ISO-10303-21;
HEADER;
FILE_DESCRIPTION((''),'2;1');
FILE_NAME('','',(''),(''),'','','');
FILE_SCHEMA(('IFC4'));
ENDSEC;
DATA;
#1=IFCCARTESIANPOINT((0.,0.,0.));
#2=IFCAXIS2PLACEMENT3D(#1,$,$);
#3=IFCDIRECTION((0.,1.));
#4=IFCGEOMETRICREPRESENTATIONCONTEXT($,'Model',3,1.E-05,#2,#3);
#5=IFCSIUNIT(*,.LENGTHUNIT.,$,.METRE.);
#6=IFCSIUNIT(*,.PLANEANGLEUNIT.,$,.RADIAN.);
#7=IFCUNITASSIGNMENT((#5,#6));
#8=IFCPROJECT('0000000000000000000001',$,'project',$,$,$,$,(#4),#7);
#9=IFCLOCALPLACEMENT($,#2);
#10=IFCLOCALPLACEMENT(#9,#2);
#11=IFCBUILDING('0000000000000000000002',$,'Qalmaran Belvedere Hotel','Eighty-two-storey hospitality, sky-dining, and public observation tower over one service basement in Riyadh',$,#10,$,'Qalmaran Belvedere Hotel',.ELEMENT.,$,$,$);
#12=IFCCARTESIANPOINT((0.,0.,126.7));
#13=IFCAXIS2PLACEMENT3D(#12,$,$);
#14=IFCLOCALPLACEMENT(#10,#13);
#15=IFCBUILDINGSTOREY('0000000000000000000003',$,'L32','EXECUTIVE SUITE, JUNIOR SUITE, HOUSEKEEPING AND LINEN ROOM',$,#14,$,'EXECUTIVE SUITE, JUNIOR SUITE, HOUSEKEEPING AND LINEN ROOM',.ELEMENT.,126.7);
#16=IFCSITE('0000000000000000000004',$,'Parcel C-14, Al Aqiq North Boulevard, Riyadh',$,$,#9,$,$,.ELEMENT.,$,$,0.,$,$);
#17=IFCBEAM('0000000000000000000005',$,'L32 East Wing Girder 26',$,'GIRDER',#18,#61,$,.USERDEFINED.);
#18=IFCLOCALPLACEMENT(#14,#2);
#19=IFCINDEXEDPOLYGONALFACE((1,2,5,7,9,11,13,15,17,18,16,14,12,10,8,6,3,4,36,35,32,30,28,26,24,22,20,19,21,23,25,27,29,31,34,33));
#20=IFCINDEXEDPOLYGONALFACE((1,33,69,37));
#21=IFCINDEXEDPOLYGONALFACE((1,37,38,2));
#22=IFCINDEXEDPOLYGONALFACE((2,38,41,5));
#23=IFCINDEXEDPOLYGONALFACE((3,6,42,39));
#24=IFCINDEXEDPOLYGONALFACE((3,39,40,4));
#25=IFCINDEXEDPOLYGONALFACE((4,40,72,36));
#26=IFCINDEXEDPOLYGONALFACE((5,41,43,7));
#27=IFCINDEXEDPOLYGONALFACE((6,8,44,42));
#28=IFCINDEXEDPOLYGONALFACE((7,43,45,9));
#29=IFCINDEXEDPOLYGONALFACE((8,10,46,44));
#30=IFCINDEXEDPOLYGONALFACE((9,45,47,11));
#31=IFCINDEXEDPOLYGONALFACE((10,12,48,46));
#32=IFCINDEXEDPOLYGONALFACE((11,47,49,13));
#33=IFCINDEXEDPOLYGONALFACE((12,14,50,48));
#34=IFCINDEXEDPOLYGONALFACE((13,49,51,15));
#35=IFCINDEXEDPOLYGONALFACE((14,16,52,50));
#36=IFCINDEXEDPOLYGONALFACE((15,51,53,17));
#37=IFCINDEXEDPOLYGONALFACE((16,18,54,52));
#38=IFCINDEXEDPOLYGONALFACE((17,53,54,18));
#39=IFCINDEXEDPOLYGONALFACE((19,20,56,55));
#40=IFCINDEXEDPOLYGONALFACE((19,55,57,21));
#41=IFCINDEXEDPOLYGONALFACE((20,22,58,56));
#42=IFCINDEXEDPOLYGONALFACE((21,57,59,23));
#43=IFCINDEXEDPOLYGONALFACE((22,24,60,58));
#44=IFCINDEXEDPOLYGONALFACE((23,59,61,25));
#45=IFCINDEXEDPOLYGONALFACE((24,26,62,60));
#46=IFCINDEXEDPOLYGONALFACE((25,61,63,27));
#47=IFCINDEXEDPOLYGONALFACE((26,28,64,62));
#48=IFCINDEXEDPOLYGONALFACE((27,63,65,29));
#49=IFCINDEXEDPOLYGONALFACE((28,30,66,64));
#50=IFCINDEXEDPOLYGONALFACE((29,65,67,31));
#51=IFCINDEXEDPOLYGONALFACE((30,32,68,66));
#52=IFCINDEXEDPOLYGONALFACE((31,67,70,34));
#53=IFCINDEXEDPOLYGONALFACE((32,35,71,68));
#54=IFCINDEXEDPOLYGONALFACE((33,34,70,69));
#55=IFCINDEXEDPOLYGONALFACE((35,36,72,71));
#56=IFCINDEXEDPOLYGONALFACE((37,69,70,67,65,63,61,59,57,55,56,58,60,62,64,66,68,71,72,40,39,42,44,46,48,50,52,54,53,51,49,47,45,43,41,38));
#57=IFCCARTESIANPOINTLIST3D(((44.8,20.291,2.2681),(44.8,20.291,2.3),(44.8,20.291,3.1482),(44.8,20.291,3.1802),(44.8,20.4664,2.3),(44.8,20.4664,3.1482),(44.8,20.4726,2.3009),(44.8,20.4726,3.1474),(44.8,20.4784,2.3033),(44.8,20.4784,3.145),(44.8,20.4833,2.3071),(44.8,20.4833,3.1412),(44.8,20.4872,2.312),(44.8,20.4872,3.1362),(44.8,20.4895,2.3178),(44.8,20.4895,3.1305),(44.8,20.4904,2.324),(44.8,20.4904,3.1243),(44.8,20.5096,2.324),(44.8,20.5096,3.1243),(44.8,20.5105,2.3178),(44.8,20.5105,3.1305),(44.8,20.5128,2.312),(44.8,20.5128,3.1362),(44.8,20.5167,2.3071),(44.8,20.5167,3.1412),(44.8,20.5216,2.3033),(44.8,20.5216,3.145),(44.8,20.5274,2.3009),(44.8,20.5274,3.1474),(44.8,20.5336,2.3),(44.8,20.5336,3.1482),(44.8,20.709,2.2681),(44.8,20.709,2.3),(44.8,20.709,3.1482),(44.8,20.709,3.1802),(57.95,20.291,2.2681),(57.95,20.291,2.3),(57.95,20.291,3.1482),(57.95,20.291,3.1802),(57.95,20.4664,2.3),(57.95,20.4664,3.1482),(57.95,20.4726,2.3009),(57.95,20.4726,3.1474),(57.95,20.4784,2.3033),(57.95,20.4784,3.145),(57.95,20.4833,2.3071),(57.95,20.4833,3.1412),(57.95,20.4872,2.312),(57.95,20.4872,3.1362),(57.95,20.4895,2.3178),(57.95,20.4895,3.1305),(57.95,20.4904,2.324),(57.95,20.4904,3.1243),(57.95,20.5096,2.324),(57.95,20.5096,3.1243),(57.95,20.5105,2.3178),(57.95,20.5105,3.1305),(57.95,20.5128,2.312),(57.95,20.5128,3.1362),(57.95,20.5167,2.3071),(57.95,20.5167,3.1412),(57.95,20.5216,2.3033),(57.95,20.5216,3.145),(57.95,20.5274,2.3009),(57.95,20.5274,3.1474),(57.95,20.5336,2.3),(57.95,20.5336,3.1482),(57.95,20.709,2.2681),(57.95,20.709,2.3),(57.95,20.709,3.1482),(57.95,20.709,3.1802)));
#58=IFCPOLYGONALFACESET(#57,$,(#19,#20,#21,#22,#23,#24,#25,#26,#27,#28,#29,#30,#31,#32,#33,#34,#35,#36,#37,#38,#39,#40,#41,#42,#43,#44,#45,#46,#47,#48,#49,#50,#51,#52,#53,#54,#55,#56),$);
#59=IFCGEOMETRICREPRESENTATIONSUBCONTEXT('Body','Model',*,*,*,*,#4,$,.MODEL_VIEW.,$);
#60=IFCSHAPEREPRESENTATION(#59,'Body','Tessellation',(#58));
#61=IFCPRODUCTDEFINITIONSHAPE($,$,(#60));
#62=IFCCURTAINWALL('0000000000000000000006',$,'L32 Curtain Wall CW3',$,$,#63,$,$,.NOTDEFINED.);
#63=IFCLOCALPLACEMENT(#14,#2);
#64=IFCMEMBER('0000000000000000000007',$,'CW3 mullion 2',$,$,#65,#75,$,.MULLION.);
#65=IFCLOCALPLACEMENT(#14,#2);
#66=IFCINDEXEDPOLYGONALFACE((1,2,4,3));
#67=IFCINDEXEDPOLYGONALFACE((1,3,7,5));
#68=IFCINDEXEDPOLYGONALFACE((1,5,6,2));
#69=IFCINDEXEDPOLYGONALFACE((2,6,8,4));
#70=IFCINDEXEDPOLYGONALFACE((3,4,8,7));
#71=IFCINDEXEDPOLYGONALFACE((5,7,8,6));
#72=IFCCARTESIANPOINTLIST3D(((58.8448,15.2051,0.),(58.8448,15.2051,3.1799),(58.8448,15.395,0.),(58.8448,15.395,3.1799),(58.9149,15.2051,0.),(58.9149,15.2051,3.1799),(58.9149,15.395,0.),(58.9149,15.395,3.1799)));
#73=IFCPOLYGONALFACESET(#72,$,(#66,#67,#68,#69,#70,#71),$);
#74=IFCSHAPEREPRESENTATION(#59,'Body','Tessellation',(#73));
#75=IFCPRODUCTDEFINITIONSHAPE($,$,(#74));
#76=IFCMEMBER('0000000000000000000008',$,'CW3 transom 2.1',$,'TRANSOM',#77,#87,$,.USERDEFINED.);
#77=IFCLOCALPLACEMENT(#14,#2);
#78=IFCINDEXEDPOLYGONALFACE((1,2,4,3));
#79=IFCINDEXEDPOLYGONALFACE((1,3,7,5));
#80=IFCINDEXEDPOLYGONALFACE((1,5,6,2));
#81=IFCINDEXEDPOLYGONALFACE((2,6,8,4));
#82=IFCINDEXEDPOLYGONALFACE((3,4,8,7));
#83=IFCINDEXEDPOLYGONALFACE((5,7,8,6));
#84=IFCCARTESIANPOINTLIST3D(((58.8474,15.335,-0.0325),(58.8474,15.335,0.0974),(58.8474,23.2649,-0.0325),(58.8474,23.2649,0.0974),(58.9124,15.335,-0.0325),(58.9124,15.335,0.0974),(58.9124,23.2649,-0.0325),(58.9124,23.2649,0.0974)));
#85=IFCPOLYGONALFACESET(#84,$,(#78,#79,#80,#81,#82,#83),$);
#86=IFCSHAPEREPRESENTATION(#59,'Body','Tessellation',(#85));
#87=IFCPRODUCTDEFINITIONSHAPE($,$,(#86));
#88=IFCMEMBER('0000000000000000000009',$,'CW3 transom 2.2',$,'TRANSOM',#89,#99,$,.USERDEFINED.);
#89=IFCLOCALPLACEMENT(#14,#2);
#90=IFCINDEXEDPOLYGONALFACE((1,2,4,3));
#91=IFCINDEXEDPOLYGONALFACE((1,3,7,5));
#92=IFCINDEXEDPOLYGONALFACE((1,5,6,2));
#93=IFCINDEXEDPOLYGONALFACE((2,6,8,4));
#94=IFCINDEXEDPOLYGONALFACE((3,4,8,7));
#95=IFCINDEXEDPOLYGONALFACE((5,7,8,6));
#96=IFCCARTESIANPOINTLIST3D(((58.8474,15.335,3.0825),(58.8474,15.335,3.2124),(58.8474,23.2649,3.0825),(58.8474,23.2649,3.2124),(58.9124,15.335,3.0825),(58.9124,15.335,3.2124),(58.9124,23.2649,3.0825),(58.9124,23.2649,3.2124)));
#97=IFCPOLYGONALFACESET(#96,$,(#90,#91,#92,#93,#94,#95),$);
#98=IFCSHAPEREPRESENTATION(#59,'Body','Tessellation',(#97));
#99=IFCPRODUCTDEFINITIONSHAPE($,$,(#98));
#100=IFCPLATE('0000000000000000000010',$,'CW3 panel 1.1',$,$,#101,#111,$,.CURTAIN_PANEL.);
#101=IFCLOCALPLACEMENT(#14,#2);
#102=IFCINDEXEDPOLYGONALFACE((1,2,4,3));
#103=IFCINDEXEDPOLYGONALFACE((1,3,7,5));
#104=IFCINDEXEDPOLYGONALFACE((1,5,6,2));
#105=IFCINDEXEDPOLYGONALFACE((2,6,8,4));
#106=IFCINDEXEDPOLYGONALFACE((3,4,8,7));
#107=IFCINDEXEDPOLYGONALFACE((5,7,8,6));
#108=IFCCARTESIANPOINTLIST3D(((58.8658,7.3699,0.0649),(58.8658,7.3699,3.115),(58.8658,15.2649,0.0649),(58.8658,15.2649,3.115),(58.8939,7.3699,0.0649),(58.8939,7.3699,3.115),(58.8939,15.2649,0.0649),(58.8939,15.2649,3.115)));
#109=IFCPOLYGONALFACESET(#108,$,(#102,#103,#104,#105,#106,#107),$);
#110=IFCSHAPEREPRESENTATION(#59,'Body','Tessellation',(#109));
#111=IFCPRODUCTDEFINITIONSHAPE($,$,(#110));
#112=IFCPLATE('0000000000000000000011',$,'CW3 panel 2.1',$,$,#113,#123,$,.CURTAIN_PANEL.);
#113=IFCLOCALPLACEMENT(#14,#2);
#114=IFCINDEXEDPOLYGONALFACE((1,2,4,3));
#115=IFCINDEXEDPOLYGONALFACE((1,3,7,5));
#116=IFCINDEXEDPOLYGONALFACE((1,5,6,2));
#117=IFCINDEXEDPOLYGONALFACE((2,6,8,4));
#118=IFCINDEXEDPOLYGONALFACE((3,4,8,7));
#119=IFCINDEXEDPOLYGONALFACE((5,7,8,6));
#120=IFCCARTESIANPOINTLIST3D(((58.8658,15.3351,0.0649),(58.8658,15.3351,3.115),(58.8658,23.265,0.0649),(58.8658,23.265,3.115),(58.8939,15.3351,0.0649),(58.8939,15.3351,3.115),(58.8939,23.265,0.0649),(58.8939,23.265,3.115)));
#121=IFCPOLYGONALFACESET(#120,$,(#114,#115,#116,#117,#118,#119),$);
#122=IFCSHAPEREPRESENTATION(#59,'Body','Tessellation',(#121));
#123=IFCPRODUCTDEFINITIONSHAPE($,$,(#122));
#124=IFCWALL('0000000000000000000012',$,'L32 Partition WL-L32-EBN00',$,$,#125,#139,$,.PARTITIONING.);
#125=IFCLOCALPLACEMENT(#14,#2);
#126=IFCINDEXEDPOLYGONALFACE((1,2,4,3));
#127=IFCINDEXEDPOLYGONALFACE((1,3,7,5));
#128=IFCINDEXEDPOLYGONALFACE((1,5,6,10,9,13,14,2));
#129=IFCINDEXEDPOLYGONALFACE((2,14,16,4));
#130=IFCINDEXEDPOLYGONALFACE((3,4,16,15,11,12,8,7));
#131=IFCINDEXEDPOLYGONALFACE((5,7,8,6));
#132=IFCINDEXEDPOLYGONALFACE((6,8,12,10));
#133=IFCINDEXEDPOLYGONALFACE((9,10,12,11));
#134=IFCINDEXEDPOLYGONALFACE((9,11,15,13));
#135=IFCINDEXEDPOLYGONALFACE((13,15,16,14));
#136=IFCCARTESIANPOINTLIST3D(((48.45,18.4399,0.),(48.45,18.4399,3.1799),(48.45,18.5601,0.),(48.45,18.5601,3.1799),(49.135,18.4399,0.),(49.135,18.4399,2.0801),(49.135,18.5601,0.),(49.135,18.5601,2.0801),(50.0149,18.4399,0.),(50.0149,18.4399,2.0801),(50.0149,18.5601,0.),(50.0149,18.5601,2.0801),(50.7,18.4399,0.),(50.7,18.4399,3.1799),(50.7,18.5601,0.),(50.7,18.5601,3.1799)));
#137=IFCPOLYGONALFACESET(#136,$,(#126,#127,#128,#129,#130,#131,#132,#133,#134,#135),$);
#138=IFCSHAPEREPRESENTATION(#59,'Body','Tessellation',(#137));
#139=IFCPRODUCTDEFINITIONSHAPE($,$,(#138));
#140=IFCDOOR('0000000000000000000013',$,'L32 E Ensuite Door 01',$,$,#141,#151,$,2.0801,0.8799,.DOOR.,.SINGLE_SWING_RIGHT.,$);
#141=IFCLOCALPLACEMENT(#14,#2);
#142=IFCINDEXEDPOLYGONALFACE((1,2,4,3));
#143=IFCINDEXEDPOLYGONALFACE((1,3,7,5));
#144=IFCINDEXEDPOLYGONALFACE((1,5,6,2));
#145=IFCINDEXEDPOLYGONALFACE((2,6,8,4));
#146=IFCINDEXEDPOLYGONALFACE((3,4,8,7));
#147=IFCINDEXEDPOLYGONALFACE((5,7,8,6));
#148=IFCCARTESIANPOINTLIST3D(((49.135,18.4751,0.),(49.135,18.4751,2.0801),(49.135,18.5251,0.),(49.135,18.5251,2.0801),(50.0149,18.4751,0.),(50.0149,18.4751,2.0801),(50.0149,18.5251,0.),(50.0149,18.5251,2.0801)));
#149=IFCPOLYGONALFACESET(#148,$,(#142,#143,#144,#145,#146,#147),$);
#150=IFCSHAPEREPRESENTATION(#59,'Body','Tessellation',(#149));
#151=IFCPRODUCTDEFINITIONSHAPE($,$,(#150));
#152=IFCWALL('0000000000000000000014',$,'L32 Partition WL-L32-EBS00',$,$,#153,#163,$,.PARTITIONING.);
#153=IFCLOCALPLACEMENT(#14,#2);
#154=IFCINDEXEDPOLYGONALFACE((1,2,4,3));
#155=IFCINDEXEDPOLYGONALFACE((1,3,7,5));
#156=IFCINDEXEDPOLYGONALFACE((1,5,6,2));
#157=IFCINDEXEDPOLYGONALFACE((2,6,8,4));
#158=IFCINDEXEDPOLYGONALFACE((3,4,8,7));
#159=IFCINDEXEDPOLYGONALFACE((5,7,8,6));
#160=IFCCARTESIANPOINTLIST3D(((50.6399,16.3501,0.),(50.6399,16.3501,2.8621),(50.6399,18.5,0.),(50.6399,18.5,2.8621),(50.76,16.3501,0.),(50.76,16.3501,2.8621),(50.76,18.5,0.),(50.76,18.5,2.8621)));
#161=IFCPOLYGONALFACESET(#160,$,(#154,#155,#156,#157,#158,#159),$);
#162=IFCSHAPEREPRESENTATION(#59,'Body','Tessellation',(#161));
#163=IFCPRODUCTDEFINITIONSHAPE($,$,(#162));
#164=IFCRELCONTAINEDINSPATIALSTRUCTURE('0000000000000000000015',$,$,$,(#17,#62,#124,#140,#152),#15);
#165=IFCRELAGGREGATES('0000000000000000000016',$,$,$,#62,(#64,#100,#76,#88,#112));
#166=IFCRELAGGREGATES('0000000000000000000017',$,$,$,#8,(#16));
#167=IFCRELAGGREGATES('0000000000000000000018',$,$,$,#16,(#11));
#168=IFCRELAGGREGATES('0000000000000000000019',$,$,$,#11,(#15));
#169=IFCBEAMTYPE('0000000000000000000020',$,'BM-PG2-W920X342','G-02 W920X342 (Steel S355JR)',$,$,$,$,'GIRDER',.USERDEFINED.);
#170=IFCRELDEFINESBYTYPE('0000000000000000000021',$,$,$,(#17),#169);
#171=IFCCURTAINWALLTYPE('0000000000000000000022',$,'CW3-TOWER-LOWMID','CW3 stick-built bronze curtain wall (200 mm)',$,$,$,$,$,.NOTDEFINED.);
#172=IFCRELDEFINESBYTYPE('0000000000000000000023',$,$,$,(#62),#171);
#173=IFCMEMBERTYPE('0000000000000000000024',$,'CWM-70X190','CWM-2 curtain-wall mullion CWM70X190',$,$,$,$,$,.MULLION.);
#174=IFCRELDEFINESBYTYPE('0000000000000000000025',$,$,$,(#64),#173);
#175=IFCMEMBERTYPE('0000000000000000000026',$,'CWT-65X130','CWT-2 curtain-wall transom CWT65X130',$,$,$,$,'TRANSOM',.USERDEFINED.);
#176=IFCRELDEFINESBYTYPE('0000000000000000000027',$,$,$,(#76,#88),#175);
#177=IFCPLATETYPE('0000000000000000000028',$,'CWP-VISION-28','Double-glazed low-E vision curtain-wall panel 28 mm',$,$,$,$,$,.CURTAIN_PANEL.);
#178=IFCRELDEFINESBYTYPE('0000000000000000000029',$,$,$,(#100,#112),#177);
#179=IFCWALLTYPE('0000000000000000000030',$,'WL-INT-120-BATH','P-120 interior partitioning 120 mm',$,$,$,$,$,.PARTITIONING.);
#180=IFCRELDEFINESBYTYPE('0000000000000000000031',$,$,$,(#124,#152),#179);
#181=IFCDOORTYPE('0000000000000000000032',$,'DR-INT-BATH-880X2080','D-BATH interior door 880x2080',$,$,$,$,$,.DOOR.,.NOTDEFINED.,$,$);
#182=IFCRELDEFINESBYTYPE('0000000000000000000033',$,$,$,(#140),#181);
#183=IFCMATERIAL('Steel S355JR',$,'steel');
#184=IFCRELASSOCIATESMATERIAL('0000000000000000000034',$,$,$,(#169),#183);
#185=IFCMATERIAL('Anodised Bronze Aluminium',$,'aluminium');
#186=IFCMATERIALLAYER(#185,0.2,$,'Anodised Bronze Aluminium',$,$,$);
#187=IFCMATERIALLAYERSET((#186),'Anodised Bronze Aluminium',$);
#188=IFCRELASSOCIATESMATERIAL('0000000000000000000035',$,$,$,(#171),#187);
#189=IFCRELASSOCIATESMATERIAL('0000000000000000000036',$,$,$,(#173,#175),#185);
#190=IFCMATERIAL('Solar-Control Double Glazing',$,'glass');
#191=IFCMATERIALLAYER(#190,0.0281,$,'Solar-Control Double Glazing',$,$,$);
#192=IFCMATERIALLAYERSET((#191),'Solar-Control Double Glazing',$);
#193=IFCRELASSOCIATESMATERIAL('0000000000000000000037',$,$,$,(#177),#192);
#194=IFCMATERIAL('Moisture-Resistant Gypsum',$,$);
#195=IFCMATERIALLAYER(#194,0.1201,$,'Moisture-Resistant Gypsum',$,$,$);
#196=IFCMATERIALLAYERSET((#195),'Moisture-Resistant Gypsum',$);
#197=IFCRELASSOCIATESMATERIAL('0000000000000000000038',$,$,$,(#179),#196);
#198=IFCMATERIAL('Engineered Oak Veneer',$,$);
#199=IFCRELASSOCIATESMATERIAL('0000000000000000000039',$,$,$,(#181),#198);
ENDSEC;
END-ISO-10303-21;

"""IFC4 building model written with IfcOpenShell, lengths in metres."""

from ifc_helpers import new_model, si_unit, direction, frame, frame_2d, origin, origin_2d, place, context, subcontext, project, spatial, rectangle, i_section, extrude, material, layer, layer_set, material_profile, profile_set, type_object, element, fill, aggregate, save


model = new_model("IFC4")

# Units and contexts
model_context = context("Model", 3, precision=1e-05, world=origin(), true_north=direction((0.0, 1.0)))
body_context = subcontext(model_context, "Body", "Model", "MODEL_VIEW")
ifc_project = project(units=[si_unit("LENGTHUNIT", "METRE"), si_unit("PLANEANGLEUNIT", "RADIAN")], contexts=[model_context])

# Site, building, storey
site_placement = place(None, origin())
site = spatial("IfcSite", under=ifc_project, at=site_placement, Name="Parcel C-14, Al Aqiq North Boulevard, Riyadh", CompositionType="ELEMENT", RefElevation=0.0)
building_placement = place(site_placement, origin())
building = spatial("IfcBuilding", under=site, at=building_placement, Name="Qalmaran Belvedere Hotel", Description="Eighty-two-storey hospitality, sky-dining, and public observation tower over one service basement in Riyadh", LongName="Qalmaran Belvedere Hotel", CompositionType="ELEMENT")
storey_placement = place(building_placement, frame((0.0, 0.0, 126.7)))
storey = spatial("IfcBuildingStorey", under=building, at=storey_placement, Name="L32", Description="EXECUTIVE SUITE, JUNIOR SUITE, HOUSEKEEPING AND LINEN ROOM", LongName="EXECUTIVE SUITE, JUNIOR SUITE, HOUSEKEEPING AND LINEN ROOM", CompositionType="ELEMENT", Elevation=126.7)

# Beam
ifc_material_1 = material(Name="Steel S355JR", Category="steel")
ifc_material_profile_1 = material_profile(ifc_material_1, i_section(OverallWidth=0.418, OverallDepth=0.9121, WebThickness=0.0193, FlangeThickness=0.032, FilletRadius=0.0239, at=origin_2d()), Name="W920X342")
ifc_profile_set_1 = profile_set([ifc_material_profile_1], Name="Steel S355JR")
beam_type_1 = type_object("IfcBeamType", Name="BM-PG2-W920X342", Description="G-02 W920X342 (Steel S355JR)", ElementType="GIRDER", PredefinedType="USERDEFINED", material=ifc_profile_set_1)
beam_1_placement = place(storey_placement, frame((44.8, 20.5, 2.7241), z_axis=(1.0, 0.0, 0.0), x_axis=(0.0, 1.0, 0.0)))
element("IfcBeam", 1, at=beam_1_placement, inside=storey, type_object=beam_type_1, Name="L32 East Wing Girder 26", ObjectType="GIRDER", PredefinedType="USERDEFINED", context=body_context, shape_type="SweptSolid", body=[
    extrude(i_section(OverallWidth=0.418, OverallDepth=0.9121, WebThickness=0.0193, FlangeThickness=0.032, FilletRadius=0.0239, at=origin_2d()), origin(), (0.0, 0.0, 1.0), 13.1499),
])

# Curtain wall, members, plates
ifc_material_2 = material(Name="Anodised Bronze Aluminium", Category="aluminium")
ifc_layer_1 = layer(ifc_material_2, 0.2, Name="Anodised Bronze Aluminium")
ifc_layer_set_1 = layer_set([ifc_layer_1], Name="Anodised Bronze Aluminium")
curtain_wall_type = type_object("IfcCurtainWallType", Name="CW3-TOWER-LOWMID", Description="CW3 stick-built bronze curtain wall (200 mm)", PredefinedType="NOTDEFINED", material=ifc_layer_set_1)
curtain_wall_placement = place(storey_placement, origin())
curtain_wall = element("IfcCurtainWall", 2, at=curtain_wall_placement, inside=storey, type_object=curtain_wall_type, Name="L32 Curtain Wall CW3", PredefinedType="NOTDEFINED")
ifc_material_profile_2 = material_profile(ifc_material_2, rectangle(XDim=0.0701, YDim=0.1899, at=origin_2d()), Name="CWM70X190")
ifc_profile_set_2 = profile_set([ifc_material_profile_2], Name="Anodised Bronze Aluminium")
member_type_1 = type_object("IfcMemberType", Name="CWM-70X190", Description="CWM-2 curtain-wall mullion CWM70X190", PredefinedType="MULLION", material=ifc_profile_set_2)
member_1_placement = place(storey_placement, frame((58.8799, 15.3, 0.0), z_axis=(0.0, 0.0, 1.0), x_axis=(-1.0, 0.0, 0.0)))
member_1 = element("IfcMember", 3, at=member_1_placement, type_object=member_type_1, Name="CW3 mullion 2", PredefinedType="MULLION", context=body_context, shape_type="SweptSolid", body=[
    extrude(rectangle(XDim=0.0701, YDim=0.1899, at=origin_2d()), origin(), (0.0, 0.0, 1.0), 3.1799),
])
ifc_material_profile_3 = material_profile(ifc_material_2, rectangle(XDim=0.0649, YDim=0.1299, at=origin_2d()), Name="CWT65X130")
ifc_profile_set_3 = profile_set([ifc_material_profile_3], Name="Anodised Bronze Aluminium")
member_type_2 = type_object("IfcMemberType", Name="CWT-65X130", Description="CWT-2 curtain-wall transom CWT65X130", ElementType="TRANSOM", PredefinedType="USERDEFINED", material=ifc_profile_set_3)
member_2_placement = place(storey_placement, frame((58.8799, 15.335, 0.0325), z_axis=(0.0, 1.0, 0.0), x_axis=(-1.0, 0.0, 0.0)))
member_2 = element("IfcMember", 4, at=member_2_placement, type_object=member_type_2, Name="CW3 transom 2.1", ObjectType="TRANSOM", PredefinedType="USERDEFINED", context=body_context, shape_type="SweptSolid", body=[
    extrude(rectangle(XDim=0.0649, YDim=0.1299, at=origin_2d()), origin(), (0.0, 0.0, 1.0), 7.9299),
])
member_3_placement = place(storey_placement, frame((58.8799, 15.335, 3.1475), z_axis=(0.0, 1.0, 0.0), x_axis=(-1.0, 0.0, 0.0)))
member_3 = element("IfcMember", 5, at=member_3_placement, type_object=member_type_2, Name="CW3 transom 2.2", ObjectType="TRANSOM", PredefinedType="USERDEFINED", context=body_context, shape_type="SweptSolid", body=[
    extrude(rectangle(XDim=0.0649, YDim=0.1299, at=origin_2d()), origin(), (0.0, 0.0, 1.0), 7.9299),
])
ifc_material_3 = material(Name="Solar-Control Double Glazing", Category="glass")
ifc_layer_2 = layer(ifc_material_3, 0.0281, Name="Solar-Control Double Glazing")
ifc_layer_set_2 = layer_set([ifc_layer_2], Name="Solar-Control Double Glazing")
plate_type = type_object("IfcPlateType", Name="CWP-VISION-28", Description="Double-glazed low-E vision curtain-wall panel 28 mm", PredefinedType="CURTAIN_PANEL", material=ifc_layer_set_2)
plate_1_placement = place(storey_placement, frame((58.8799, 11.3174, 0.0649), z_axis=(0.0, 0.0, 1.0), x_axis=(0.0, 1.0, 0.0)))
plate_1 = element("IfcPlate", 6, at=plate_1_placement, type_object=plate_type, Name="CW3 panel 1.1", PredefinedType="CURTAIN_PANEL", context=body_context, shape_type="SweptSolid", body=[
    extrude(rectangle(XDim=7.895, YDim=0.0281, at=origin_2d()), origin(), (0.0, 0.0, 1.0), 3.05),
])
plate_2_placement = place(storey_placement, frame((58.8799, 19.3, 0.0649), z_axis=(0.0, 0.0, 1.0), x_axis=(0.0, 1.0, 0.0)))
plate_2 = element("IfcPlate", 7, at=plate_2_placement, type_object=plate_type, Name="CW3 panel 2.1", PredefinedType="CURTAIN_PANEL", context=body_context, shape_type="SweptSolid", body=[
    extrude(rectangle(XDim=7.9299, YDim=0.0281, at=origin_2d()), origin(), (0.0, 0.0, 1.0), 3.05),
])
aggregate(curtain_wall, [member_1, plate_1, member_2, member_3, plate_2])

# Wall, opening, door
ifc_material_4 = material(Name="Moisture-Resistant Gypsum")
ifc_layer_3 = layer(ifc_material_4, 0.1201, Name="Moisture-Resistant Gypsum")
ifc_layer_set_3 = layer_set([ifc_layer_3], Name="Moisture-Resistant Gypsum")
wall_type_1 = type_object("IfcWallType", Name="WL-INT-120-BATH", Description="P-120 interior partitioning 120 mm", PredefinedType="PARTITIONING", material=ifc_layer_set_3)
wall_1_placement = place(storey_placement, frame((48.45, 18.5, 0.0), z_axis=(0.0, 0.0, 1.0), x_axis=(1.0, 0.0, 0.0)))
wall_1 = element("IfcWall", 8, at=wall_1_placement, inside=storey, type_object=wall_type_1, Name="L32 Partition WL-L32-EBN00", PredefinedType="PARTITIONING", context=body_context, shape_type="SweptSolid", body=[
    extrude(rectangle(XDim=2.25, YDim=0.1201, at=frame_2d((1.125, 0.0))), origin(), (0.0, 0.0, 1.0), 3.1799),
])
opening_1_placement = place(wall_1_placement, frame((1.5649, 0.0, 0.0), z_axis=(0.0, 0.0, 1.0), x_axis=(-1.0, 0.0, 0.0)))
opening_1 = element("IfcOpeningElement", 9, at=opening_1_placement, cuts=wall_1, PredefinedType="OPENING", context=body_context, shape_type="SweptSolid", body=[
    extrude(rectangle(XDim=0.8799, YDim=2.0801, at=frame_2d((0.4399, 1.04))), frame((0.0, 0.0701, 0.0), z_axis=(0.0, -1.0, 0.0), x_axis=(1.0, 0.0, 0.0)), (0.0, 0.0, 1.0), 0.1401),
])
ifc_material_5 = material(Name="Engineered Oak Veneer")
door_type_1 = type_object("IfcDoorType", Name="DR-INT-BATH-880X2080", Description="D-BATH interior door 880x2080", OperationType="NOTDEFINED", PredefinedType="DOOR", material=ifc_material_5)
door_1_placement = place(opening_1_placement, origin())
door_1 = element("IfcDoor", 10, at=door_1_placement, inside=storey, type_object=door_type_1, Name="L32 E Ensuite Door 01", OperationType="SINGLE_SWING_RIGHT", OverallHeight=2.0801, OverallWidth=0.8799, PredefinedType="DOOR", context=body_context, shape_type="SweptSolid", body=[
    extrude(rectangle(XDim=0.8799, YDim=2.0801, at=frame_2d((0.4399, 1.04))), frame((0.0, 0.0249, 0.0), z_axis=(0.0, -1.0, 0.0), x_axis=(1.0, 0.0, 0.0)), (0.0, 0.0, 1.0), 0.05),
])
fill(opening_1, door_1)

# Wall
wall_2_placement = place(storey_placement, frame((50.7, 16.3501, 0.0), z_axis=(0.0, 0.0, 1.0), x_axis=(0.0, 1.0, 0.0)))
element("IfcWall", 11, at=wall_2_placement, inside=storey, type_object=wall_type_1, Name="L32 Partition WL-L32-EBS00", PredefinedType="PARTITIONING", context=body_context, shape_type="SweptSolid", body=[
    extrude(rectangle(XDim=2.1499, YDim=0.1201, at=frame_2d((1.075, 0.0))), origin(), (0.0, 0.0, 1.0), 2.8621),
])

save(model, "model.ifc")
